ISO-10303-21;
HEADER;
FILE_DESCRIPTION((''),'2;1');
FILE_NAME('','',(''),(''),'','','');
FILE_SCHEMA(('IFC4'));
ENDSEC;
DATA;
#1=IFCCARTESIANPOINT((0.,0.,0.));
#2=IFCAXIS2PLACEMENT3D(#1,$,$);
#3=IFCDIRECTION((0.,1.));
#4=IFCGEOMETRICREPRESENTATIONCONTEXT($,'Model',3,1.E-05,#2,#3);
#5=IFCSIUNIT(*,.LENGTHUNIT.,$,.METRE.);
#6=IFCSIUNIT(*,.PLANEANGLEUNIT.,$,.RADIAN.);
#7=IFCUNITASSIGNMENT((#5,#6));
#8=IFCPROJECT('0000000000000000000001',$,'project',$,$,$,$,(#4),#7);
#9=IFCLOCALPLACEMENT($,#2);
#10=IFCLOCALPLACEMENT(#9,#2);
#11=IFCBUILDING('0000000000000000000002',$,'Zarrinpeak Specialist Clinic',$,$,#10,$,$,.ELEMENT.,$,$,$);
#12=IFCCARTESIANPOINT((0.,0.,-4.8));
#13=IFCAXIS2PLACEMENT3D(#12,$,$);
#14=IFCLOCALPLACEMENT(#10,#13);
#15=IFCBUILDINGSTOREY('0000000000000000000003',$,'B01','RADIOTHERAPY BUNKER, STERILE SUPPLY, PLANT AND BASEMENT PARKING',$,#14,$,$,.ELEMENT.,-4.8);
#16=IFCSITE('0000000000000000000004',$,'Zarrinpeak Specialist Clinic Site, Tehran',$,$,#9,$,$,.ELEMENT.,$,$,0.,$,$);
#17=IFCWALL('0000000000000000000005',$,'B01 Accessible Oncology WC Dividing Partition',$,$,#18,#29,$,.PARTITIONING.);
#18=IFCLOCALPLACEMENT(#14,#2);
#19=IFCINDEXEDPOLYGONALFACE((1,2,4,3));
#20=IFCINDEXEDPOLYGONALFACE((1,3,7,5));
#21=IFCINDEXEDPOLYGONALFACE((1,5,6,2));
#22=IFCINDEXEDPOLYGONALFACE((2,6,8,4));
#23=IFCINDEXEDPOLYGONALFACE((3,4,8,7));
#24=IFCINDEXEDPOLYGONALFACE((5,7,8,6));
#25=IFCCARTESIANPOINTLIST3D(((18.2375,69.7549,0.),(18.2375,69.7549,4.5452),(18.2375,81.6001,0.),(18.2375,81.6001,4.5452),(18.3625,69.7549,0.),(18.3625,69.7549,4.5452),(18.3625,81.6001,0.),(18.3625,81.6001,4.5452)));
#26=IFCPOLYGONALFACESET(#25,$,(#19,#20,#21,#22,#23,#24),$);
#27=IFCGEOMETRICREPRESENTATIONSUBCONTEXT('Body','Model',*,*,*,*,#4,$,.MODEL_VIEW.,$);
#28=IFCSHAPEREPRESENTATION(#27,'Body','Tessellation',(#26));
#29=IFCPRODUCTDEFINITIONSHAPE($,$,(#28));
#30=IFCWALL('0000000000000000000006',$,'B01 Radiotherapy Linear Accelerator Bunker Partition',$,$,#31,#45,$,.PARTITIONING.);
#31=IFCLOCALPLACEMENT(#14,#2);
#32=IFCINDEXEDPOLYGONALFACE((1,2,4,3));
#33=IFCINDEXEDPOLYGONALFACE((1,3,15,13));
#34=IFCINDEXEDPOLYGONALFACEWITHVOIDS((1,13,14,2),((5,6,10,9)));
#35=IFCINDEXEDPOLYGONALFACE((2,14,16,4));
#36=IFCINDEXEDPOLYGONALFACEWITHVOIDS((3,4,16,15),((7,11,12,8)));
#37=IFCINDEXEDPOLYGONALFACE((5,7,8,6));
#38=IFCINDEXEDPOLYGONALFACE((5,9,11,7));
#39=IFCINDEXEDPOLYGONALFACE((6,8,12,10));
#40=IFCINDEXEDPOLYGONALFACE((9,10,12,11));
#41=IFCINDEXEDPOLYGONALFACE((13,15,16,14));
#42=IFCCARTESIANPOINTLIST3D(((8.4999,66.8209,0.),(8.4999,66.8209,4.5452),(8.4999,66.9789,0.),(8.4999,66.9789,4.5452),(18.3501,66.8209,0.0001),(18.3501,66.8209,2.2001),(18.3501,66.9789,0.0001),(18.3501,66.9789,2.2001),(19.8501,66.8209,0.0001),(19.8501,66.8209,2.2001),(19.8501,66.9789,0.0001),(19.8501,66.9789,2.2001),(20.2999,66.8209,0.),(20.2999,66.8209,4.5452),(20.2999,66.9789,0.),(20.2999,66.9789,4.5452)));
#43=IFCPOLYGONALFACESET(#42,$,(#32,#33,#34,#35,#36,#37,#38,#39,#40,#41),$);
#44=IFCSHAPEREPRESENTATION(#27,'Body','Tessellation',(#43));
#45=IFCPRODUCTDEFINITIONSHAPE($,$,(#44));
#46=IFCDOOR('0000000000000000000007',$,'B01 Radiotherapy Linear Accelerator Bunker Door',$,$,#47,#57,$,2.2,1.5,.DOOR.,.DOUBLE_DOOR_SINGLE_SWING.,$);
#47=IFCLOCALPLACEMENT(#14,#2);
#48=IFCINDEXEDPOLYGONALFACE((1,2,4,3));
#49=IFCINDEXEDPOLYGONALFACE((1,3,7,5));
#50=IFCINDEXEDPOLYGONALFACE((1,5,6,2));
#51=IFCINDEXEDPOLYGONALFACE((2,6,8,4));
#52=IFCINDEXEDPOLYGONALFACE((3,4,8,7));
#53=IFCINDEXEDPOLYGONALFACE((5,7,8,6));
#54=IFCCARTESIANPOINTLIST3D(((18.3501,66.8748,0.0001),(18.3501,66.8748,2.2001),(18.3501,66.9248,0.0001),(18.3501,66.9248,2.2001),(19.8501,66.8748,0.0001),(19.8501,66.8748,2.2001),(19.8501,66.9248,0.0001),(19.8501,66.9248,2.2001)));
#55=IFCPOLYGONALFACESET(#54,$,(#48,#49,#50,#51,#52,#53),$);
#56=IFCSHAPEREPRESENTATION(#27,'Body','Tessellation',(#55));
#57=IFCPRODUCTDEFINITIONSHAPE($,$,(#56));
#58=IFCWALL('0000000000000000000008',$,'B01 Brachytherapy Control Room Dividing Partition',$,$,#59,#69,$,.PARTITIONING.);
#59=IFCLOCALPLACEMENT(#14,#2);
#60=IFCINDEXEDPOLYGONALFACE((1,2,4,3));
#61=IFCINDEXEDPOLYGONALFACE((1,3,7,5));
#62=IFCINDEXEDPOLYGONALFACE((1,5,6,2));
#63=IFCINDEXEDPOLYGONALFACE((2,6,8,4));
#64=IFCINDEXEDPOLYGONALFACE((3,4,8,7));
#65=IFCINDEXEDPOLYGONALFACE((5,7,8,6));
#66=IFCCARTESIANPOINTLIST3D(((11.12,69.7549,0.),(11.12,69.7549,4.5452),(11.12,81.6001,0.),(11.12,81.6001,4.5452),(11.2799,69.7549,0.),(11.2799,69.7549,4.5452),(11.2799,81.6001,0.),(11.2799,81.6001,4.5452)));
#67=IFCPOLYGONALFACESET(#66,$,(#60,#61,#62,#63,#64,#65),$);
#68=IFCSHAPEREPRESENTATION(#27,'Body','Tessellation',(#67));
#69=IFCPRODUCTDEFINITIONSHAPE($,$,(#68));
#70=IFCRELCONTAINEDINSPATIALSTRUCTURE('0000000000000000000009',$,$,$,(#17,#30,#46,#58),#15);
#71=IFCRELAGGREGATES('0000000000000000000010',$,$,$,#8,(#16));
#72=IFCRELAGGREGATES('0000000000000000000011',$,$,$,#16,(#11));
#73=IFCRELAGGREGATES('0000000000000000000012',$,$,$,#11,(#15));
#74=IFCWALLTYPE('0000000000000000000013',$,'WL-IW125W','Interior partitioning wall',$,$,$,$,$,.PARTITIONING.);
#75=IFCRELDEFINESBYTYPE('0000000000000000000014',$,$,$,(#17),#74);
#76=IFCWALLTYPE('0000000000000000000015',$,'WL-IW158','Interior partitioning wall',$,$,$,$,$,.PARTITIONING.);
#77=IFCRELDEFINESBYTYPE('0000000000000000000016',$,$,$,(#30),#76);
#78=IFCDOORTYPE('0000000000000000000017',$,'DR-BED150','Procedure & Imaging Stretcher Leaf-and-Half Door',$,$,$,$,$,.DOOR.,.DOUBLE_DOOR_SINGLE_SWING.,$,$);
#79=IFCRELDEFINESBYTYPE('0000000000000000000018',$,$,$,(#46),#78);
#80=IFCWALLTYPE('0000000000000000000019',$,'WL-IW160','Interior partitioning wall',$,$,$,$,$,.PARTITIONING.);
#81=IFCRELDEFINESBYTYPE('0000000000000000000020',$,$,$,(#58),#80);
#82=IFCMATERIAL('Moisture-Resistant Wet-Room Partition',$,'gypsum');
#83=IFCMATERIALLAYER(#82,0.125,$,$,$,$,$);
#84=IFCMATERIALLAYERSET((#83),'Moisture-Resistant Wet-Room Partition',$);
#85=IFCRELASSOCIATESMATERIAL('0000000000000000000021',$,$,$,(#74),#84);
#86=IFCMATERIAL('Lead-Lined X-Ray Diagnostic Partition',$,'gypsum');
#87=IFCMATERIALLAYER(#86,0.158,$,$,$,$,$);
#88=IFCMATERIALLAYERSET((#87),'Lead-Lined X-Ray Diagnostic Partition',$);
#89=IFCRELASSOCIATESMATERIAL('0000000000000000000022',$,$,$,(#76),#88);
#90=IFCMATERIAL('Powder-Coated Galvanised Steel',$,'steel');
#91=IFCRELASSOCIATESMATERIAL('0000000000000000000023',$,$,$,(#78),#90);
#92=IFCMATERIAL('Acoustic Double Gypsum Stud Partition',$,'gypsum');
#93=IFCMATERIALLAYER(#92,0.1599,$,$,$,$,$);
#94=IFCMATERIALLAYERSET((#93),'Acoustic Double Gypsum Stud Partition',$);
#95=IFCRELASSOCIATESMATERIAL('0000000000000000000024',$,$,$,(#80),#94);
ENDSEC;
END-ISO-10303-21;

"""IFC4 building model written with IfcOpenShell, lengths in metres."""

from ifc_helpers import new_model, si_unit, direction, frame, frame_2d, origin, place, context, subcontext, project, spatial, rectangle, extrude, material, layer, layer_set, type_object, element, fill, save


model = new_model("IFC4")

# Units and contexts
model_context = context("Model", 3, precision=1e-05, world=origin(), true_north=direction((0.0, 1.0)))
body_context = subcontext(model_context, "Body", "Model", "MODEL_VIEW")
ifc_project = project(units=[si_unit("LENGTHUNIT", "METRE"), si_unit("PLANEANGLEUNIT", "RADIAN")], contexts=[model_context])

# Site, building, storey
site_placement = place(None, origin())
site = spatial("IfcSite", under=ifc_project, at=site_placement, Name="Zarrinpeak Specialist Clinic Site, Tehran", CompositionType="ELEMENT", RefElevation=0.0)
building_placement = place(site_placement, origin())
building = spatial("IfcBuilding", under=site, at=building_placement, Name="Zarrinpeak Specialist Clinic", CompositionType="ELEMENT")
storey_placement = place(building_placement, frame((0.0, 0.0, -4.8)))
storey = spatial("IfcBuildingStorey", under=building, at=storey_placement, Name="B01", Description="RADIOTHERAPY BUNKER, STERILE SUPPLY, PLANT AND BASEMENT PARKING", CompositionType="ELEMENT", Elevation=-4.8)

# Wall
ifc_material_1 = material(Name="Moisture-Resistant Wet-Room Partition", Category="gypsum")
ifc_layer_1 = layer(ifc_material_1, 0.125)
ifc_layer_set_1 = layer_set([ifc_layer_1], Name="Moisture-Resistant Wet-Room Partition")
wall_type_1 = type_object("IfcWallType", Name="WL-IW125W", Description="Interior partitioning wall", PredefinedType="PARTITIONING", material=ifc_layer_set_1)
wall_1_placement = place(storey_placement, frame((18.3, 69.7549, 0.0), z_axis=(0.0, 0.0, 1.0), x_axis=(0.0, 1.0, 0.0)))
element("IfcWall", 1, at=wall_1_placement, inside=storey, type_object=wall_type_1, Name="B01 Accessible Oncology WC Dividing Partition", PredefinedType="PARTITIONING", context=body_context, shape_type="SweptSolid", body=[
    extrude(rectangle(XDim=11.8452, YDim=0.125, at=frame_2d((5.9226, 0.0))), origin(), (0.0, 0.0, 1.0), 4.5452),
])

# Wall, opening, door
ifc_material_2 = material(Name="Lead-Lined X-Ray Diagnostic Partition", Category="gypsum")
ifc_layer_2 = layer(ifc_material_2, 0.158)
ifc_layer_set_2 = layer_set([ifc_layer_2], Name="Lead-Lined X-Ray Diagnostic Partition")
wall_type_2 = type_object("IfcWallType", Name="WL-IW158", Description="Interior partitioning wall", PredefinedType="PARTITIONING", material=ifc_layer_set_2)
wall_2_placement = place(storey_placement, frame((8.5, 66.8999, 0.0), z_axis=(0.0, 0.0, 1.0), x_axis=(1.0, 0.0, 0.0)))
wall_2 = element("IfcWall", 2, at=wall_2_placement, inside=storey, type_object=wall_type_2, Name="B01 Radiotherapy Linear Accelerator Bunker Partition", PredefinedType="PARTITIONING", context=body_context, shape_type="SweptSolid", body=[
    extrude(rectangle(XDim=11.8, YDim=0.158, at=frame_2d((5.8999, 0.0))), origin(), (0.0, 0.0, 1.0), 4.5452),
])
opening_placement = place(wall_2_placement, frame((9.8501, 0.0, 0.0)))
opening = element("IfcOpeningElement", 3, at=opening_placement, cuts=wall_2, PredefinedType="OPENING", context=body_context, shape_type="SweptSolid", body=[
    extrude(rectangle(XDim=1.5, YDim=2.2, at=frame_2d((0.75, 1.1001))), frame((0.0, 0.0889, 0.0), z_axis=(0.0, -1.0, 0.0), x_axis=(1.0, 0.0, 0.0)), (0.0, 0.0, 1.0), 0.178),
])
ifc_material_3 = material(Name="Powder-Coated Galvanised Steel", Category="steel")
door_type = type_object("IfcDoorType", Name="DR-BED150", Description="Procedure & Imaging Stretcher Leaf-and-Half Door", OperationType="DOUBLE_DOOR_SINGLE_SWING", PredefinedType="DOOR", material=ifc_material_3)
door_placement = place(opening_placement, origin())
door = element("IfcDoor", 4, at=door_placement, inside=storey, type_object=door_type, Name="B01 Radiotherapy Linear Accelerator Bunker Door", OperationType="DOUBLE_DOOR_SINGLE_SWING", OverallHeight=2.2, OverallWidth=1.5, PredefinedType="DOOR", context=body_context, shape_type="SweptSolid", body=[
    extrude(rectangle(XDim=1.5, YDim=2.2, at=frame_2d((0.75, 1.1001))), frame((0.0, 0.0249, 0.0), z_axis=(0.0, -1.0, 0.0), x_axis=(1.0, 0.0, 0.0)), (0.0, 0.0, 1.0), 0.05),
])
fill(opening, door)

# Wall
ifc_material_4 = material(Name="Acoustic Double Gypsum Stud Partition", Category="gypsum")
ifc_layer_3 = layer(ifc_material_4, 0.1599)
ifc_layer_set_3 = layer_set([ifc_layer_3], Name="Acoustic Double Gypsum Stud Partition")
wall_type_3 = type_object("IfcWallType", Name="WL-IW160", Description="Interior partitioning wall", PredefinedType="PARTITIONING", material=ifc_layer_set_3)
wall_3_placement = place(storey_placement, frame((11.2, 69.7549, 0.0), z_axis=(0.0, 0.0, 1.0), x_axis=(0.0, 1.0, 0.0)))
element("IfcWall", 5, at=wall_3_placement, inside=storey, type_object=wall_type_3, Name="B01 Brachytherapy Control Room Dividing Partition", PredefinedType="PARTITIONING", context=body_context, shape_type="SweptSolid", body=[
    extrude(rectangle(XDim=11.8452, YDim=0.1599, at=frame_2d((5.9226, 0.0))), origin(), (0.0, 0.0, 1.0), 4.5452),
])

save(model, "model.ifc")
